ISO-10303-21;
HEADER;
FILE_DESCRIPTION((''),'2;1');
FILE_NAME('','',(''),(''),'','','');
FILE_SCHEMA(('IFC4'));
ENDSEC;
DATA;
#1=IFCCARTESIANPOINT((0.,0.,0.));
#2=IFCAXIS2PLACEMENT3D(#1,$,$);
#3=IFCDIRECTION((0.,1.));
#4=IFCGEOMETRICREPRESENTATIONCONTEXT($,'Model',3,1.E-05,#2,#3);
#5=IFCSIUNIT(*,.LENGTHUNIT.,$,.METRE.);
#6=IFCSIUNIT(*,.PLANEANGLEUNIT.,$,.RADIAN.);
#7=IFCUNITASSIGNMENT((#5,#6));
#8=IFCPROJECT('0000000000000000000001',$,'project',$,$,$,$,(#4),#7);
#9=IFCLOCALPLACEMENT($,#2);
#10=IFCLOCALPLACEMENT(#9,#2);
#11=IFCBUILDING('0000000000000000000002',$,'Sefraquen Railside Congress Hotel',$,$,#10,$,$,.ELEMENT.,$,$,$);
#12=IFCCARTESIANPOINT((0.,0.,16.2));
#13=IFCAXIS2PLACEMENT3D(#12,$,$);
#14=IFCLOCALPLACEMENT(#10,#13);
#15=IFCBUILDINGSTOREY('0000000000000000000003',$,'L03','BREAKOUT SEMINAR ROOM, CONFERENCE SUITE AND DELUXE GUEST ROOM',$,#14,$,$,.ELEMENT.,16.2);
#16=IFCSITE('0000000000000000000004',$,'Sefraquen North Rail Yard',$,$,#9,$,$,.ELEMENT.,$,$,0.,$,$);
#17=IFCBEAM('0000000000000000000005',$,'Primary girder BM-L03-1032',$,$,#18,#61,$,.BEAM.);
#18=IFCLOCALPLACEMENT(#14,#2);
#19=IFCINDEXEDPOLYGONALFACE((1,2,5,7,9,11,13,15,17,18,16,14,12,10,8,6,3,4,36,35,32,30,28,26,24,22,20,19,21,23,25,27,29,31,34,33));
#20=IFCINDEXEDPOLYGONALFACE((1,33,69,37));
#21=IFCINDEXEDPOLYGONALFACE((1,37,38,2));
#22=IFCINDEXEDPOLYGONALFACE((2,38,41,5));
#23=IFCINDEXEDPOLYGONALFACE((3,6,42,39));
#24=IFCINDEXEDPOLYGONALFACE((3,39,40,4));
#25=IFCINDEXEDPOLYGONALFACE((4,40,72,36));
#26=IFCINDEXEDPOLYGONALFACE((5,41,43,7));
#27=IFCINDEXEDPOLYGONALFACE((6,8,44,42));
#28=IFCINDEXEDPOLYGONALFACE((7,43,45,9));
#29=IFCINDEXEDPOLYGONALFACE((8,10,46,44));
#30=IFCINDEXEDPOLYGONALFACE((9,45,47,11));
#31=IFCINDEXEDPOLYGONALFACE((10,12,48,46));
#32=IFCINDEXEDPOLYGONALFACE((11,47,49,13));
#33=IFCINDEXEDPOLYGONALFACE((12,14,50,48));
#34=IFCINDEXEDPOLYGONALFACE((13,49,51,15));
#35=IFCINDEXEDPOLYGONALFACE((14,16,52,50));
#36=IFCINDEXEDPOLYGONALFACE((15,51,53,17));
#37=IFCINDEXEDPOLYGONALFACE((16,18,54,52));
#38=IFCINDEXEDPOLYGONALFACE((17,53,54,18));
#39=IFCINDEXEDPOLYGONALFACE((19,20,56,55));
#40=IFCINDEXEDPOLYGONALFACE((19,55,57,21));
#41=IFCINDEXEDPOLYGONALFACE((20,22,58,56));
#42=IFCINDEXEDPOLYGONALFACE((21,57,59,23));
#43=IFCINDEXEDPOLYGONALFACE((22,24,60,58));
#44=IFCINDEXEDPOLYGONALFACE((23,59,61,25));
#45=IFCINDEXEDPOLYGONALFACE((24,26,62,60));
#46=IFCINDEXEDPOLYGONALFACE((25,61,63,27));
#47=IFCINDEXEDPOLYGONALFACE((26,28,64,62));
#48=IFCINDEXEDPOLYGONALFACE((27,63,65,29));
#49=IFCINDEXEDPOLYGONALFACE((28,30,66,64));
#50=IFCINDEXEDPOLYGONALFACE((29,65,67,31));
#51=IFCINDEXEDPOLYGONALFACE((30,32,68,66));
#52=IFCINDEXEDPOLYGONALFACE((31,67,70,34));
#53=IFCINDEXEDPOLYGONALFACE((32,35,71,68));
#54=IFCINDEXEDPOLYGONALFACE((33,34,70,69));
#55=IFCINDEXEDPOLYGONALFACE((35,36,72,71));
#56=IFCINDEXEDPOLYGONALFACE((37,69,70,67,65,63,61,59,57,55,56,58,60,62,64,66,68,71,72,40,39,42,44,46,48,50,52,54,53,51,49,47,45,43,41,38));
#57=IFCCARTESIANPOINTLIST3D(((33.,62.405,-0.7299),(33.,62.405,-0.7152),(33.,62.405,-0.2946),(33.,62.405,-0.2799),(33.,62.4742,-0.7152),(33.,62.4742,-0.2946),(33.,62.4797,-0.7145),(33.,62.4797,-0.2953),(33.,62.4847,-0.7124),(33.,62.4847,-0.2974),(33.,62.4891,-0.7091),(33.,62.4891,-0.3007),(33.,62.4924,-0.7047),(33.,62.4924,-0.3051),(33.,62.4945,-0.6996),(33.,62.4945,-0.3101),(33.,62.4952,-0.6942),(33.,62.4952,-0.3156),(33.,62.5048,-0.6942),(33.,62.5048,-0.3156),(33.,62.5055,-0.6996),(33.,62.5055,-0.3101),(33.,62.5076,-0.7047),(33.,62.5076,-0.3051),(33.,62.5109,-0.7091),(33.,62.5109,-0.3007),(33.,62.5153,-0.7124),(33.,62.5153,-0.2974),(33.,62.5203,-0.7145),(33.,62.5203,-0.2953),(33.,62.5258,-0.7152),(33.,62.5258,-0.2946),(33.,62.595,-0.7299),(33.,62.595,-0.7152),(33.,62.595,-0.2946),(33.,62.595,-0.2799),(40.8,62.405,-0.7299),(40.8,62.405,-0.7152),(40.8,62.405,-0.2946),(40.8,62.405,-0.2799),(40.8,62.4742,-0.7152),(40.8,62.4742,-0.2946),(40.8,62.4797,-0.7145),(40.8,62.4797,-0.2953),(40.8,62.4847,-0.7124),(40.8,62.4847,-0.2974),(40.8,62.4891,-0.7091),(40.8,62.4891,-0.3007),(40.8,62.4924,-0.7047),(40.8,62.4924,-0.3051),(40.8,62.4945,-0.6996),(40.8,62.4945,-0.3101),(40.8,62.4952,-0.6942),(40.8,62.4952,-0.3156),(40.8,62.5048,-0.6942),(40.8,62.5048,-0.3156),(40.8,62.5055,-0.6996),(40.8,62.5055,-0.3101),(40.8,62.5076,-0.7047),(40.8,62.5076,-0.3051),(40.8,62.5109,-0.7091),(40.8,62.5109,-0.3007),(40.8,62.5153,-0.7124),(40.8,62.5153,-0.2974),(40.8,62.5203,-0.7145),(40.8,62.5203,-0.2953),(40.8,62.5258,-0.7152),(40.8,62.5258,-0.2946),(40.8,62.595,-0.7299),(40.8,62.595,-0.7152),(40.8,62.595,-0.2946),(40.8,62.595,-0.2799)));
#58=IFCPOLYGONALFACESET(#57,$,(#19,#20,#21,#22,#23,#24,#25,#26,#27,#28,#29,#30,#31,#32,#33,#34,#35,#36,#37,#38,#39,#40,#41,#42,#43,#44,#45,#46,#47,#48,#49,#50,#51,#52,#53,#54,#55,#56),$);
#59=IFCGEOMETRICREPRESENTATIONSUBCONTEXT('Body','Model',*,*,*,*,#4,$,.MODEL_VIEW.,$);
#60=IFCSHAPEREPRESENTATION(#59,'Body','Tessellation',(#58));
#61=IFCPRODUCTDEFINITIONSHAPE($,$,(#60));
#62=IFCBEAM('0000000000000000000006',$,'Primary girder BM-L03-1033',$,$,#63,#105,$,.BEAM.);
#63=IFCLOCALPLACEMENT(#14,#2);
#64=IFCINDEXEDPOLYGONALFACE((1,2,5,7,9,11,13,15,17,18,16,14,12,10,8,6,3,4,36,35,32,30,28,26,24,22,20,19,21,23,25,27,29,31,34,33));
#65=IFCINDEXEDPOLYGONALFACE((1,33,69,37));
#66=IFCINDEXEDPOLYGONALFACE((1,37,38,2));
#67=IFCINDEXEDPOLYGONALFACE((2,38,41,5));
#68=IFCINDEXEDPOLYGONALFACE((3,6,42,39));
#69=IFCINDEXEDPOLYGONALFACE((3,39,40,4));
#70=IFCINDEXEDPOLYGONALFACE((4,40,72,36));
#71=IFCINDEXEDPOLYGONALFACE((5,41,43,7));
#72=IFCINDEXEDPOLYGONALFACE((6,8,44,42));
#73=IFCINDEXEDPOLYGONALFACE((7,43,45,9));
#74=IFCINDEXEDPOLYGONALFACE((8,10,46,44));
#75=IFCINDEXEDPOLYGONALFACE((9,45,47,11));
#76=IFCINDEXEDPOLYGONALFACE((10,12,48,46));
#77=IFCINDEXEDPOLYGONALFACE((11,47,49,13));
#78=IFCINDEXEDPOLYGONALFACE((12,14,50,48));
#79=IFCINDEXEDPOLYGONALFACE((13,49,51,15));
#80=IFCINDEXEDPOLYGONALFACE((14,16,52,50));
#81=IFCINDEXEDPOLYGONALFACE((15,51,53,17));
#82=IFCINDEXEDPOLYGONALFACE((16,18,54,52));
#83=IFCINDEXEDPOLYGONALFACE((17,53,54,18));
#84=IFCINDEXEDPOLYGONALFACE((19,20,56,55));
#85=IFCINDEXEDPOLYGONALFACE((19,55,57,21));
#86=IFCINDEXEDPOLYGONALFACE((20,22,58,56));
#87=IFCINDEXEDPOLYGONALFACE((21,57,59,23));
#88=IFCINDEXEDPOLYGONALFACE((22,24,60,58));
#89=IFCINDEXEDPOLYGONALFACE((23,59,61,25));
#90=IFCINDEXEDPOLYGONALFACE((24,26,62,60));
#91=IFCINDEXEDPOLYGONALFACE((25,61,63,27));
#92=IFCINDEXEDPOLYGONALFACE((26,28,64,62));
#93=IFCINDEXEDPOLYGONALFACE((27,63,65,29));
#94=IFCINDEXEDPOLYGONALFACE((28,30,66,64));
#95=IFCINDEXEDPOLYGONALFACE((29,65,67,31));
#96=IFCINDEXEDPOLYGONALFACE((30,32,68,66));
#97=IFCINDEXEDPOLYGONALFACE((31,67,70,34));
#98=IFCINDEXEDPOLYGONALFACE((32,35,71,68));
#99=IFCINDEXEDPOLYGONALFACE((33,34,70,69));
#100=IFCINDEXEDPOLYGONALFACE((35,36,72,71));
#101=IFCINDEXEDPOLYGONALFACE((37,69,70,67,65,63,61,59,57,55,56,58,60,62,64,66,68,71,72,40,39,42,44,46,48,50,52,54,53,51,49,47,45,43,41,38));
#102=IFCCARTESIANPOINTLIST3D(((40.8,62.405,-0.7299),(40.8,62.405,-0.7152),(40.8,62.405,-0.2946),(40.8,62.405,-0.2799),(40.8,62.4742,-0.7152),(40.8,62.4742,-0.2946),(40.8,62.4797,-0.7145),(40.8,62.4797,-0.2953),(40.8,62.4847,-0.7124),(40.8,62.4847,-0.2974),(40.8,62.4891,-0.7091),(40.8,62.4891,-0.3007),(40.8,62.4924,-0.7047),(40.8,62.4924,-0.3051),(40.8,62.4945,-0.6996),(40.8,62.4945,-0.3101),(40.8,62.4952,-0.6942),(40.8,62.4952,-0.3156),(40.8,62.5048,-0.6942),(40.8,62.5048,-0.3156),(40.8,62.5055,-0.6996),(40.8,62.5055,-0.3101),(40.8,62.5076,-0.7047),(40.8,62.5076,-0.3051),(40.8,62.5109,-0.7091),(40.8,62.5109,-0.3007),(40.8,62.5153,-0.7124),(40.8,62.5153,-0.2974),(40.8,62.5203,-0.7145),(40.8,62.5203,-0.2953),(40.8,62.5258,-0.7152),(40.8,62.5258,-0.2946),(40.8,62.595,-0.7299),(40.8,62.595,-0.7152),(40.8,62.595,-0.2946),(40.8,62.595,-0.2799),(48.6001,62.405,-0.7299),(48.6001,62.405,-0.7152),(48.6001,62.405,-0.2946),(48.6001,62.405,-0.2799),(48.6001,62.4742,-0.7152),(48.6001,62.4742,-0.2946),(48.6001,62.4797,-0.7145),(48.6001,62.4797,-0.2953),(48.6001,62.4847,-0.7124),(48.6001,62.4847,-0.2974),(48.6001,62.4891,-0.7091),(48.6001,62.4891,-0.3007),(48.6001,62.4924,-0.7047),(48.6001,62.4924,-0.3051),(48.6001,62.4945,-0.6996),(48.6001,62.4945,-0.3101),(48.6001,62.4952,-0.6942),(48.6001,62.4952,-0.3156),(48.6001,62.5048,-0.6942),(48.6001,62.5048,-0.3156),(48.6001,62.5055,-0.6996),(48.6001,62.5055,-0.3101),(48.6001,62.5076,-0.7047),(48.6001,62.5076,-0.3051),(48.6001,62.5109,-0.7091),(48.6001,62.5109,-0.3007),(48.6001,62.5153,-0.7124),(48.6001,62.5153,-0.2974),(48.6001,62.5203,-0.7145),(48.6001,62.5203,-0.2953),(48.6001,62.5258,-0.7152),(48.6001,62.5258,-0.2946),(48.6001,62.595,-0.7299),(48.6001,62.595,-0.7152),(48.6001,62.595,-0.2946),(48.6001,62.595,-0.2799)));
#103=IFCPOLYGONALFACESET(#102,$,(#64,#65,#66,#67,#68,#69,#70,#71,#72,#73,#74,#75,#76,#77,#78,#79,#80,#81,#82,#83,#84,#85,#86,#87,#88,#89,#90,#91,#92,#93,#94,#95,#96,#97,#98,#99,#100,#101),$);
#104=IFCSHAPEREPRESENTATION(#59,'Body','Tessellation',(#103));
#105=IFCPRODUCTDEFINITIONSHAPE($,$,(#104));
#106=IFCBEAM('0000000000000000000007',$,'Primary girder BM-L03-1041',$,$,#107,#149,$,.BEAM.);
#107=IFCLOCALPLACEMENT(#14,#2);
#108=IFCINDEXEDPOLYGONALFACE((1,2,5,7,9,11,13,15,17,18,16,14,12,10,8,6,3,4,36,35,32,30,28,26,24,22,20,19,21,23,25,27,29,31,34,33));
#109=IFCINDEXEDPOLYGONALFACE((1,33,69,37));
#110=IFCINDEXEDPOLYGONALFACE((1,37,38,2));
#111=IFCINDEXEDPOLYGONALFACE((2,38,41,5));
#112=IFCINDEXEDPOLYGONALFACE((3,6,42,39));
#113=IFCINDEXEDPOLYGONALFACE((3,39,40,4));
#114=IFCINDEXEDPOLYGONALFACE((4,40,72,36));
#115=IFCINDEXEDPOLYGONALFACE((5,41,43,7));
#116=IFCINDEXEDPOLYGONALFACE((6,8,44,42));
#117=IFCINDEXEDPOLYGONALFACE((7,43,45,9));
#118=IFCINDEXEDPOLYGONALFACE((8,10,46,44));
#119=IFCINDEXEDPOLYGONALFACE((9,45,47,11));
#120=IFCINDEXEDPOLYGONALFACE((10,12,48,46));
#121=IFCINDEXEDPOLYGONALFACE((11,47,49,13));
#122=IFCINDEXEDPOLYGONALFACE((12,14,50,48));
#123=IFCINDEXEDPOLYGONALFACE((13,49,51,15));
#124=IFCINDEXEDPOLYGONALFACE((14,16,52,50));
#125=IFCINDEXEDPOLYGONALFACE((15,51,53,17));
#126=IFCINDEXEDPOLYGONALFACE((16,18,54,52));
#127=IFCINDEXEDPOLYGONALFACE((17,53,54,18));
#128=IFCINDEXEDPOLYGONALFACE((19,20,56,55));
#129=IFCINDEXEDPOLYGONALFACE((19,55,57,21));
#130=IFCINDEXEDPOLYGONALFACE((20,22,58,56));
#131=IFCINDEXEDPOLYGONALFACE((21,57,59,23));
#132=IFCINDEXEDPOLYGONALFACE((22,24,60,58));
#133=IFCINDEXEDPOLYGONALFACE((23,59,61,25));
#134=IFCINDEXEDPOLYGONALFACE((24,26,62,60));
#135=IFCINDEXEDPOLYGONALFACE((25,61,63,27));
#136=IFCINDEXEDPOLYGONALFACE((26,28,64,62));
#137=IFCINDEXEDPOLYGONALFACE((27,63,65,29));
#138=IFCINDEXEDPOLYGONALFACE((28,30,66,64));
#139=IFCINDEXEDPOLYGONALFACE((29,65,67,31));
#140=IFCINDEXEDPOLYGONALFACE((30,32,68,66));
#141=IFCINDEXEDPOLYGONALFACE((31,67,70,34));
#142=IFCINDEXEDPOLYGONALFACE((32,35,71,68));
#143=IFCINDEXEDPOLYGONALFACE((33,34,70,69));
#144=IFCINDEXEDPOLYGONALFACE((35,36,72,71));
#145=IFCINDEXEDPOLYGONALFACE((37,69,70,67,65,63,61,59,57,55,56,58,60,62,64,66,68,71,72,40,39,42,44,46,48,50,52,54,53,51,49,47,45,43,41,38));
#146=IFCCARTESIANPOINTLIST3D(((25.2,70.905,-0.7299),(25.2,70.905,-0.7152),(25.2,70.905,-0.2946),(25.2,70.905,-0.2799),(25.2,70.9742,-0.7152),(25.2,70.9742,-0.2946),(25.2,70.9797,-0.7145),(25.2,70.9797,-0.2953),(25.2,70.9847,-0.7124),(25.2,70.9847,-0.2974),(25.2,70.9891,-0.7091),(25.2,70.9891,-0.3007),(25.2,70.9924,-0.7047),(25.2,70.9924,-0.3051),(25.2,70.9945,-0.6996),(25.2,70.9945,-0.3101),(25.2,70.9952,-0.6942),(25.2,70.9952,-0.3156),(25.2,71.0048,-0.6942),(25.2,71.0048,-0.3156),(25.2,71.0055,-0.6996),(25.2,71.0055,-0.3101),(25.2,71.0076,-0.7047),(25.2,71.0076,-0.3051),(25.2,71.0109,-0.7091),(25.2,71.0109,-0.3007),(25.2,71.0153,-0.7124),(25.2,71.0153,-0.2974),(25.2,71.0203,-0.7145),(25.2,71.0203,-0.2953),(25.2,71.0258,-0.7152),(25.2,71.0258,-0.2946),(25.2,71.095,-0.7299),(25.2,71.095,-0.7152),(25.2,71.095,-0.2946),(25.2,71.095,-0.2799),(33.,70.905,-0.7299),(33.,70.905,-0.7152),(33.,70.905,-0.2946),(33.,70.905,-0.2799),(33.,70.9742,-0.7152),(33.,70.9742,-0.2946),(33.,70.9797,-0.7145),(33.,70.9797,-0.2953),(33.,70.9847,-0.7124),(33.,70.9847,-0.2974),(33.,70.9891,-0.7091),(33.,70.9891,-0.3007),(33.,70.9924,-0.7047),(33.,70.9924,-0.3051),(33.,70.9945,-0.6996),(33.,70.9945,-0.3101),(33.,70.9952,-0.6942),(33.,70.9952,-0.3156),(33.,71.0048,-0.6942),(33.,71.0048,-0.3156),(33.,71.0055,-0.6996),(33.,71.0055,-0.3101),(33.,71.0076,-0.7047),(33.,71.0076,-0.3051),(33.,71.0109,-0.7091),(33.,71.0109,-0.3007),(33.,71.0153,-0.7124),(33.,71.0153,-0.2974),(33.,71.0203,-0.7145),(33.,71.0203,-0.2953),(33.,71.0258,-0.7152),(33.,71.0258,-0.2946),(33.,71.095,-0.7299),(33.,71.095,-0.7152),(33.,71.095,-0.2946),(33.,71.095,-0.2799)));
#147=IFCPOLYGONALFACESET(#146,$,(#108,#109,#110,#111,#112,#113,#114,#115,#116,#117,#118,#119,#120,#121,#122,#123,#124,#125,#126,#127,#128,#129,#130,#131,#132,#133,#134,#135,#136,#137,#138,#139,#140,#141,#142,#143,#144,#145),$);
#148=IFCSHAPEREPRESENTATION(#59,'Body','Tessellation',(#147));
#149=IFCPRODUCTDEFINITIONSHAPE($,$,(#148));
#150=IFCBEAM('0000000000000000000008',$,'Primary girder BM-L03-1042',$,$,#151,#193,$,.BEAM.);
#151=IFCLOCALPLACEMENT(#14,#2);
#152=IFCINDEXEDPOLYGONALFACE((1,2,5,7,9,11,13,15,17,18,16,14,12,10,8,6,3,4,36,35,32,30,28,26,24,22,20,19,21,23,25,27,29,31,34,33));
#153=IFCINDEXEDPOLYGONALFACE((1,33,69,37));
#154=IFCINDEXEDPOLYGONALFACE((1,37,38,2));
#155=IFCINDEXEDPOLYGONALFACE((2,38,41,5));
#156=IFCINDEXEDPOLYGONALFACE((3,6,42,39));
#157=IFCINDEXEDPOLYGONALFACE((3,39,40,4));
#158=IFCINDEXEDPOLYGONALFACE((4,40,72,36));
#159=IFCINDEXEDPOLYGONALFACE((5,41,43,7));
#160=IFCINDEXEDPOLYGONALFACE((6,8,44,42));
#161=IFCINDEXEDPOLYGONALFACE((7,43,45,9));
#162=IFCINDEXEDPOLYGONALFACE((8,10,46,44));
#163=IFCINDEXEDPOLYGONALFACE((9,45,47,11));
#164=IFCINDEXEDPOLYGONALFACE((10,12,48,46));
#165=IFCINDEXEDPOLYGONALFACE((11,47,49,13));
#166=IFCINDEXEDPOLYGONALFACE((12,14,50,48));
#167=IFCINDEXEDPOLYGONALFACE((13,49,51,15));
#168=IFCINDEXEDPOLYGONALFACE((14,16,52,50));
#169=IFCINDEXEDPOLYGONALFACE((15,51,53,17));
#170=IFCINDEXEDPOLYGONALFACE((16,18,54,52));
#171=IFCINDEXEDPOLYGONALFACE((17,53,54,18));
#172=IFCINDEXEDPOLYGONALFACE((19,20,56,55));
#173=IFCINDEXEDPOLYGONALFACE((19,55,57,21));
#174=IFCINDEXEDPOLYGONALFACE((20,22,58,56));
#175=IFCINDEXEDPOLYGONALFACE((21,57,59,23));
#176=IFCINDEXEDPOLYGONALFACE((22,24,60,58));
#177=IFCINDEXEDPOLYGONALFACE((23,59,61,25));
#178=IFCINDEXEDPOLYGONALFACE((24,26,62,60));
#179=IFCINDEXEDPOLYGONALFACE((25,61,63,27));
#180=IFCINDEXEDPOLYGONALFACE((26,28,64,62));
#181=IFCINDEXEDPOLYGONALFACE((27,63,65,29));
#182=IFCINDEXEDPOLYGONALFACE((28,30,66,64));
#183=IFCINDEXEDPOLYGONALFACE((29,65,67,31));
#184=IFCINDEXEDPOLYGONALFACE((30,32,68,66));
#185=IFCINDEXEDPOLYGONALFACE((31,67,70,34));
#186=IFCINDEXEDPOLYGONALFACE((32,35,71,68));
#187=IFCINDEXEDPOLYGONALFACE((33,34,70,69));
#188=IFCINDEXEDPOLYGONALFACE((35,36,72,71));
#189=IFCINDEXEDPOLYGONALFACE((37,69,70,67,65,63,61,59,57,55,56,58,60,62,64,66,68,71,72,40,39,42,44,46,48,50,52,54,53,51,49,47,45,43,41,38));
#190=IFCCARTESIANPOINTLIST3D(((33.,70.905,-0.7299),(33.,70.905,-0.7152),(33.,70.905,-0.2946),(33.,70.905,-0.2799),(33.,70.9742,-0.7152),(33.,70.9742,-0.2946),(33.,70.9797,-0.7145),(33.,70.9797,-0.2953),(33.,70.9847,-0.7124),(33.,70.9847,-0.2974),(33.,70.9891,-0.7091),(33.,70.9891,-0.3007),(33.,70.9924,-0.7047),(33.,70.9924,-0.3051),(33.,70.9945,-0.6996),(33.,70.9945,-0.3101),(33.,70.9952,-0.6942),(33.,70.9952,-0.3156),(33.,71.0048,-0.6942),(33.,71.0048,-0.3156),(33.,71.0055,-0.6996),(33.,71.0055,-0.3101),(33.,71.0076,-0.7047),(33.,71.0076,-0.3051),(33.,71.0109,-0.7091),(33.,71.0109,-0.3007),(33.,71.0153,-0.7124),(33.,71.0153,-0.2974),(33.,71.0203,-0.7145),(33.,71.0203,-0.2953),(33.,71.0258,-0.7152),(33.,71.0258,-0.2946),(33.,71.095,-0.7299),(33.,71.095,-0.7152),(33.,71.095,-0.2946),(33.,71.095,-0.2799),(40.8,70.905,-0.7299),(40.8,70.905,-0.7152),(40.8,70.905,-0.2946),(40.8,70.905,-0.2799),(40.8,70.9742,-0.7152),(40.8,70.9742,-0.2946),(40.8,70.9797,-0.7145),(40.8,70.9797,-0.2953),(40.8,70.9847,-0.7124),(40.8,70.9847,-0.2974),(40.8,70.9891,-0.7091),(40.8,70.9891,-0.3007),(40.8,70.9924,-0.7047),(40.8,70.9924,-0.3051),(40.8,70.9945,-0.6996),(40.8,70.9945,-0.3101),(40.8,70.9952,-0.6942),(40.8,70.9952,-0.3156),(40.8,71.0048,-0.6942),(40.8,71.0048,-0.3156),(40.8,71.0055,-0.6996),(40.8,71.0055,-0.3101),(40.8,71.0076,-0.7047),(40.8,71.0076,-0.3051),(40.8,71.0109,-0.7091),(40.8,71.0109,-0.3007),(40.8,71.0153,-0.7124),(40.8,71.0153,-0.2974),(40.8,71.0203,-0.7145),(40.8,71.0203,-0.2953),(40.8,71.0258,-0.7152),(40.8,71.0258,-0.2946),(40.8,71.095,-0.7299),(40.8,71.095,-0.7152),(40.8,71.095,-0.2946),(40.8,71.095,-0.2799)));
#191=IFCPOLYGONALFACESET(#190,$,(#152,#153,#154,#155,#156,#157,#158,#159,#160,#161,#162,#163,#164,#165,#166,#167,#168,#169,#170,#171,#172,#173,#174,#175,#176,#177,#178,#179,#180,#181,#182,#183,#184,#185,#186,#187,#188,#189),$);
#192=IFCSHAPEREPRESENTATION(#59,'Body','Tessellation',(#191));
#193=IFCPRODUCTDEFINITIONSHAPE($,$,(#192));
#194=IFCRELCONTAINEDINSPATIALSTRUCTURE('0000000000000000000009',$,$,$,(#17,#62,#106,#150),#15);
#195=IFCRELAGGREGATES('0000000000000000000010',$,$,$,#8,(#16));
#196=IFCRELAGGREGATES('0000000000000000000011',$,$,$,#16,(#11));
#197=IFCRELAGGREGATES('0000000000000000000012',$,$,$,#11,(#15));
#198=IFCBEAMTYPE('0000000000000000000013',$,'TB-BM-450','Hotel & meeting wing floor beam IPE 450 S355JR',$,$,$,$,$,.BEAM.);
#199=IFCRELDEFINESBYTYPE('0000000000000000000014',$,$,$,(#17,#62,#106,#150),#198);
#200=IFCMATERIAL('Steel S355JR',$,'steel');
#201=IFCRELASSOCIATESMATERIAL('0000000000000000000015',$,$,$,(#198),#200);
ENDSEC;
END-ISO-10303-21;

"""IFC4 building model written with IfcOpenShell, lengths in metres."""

from ifc_helpers import new_model, si_unit, direction, frame, origin, origin_2d, place, context, subcontext, project, spatial, i_section, extrude, material, material_profile, profile_set, type_object, element, save


model = new_model("IFC4")

# Units and contexts
model_context = context("Model", 3, precision=1e-05, world=origin(), true_north=direction((0.0, 1.0)))
body_context = subcontext(model_context, "Body", "Model", "MODEL_VIEW")
ifc_project = project(units=[si_unit("LENGTHUNIT", "METRE"), si_unit("PLANEANGLEUNIT", "RADIAN")], contexts=[model_context])

# Site, building, storey
site_placement = place(None, origin())
site = spatial("IfcSite", under=ifc_project, at=site_placement, Name="Sefraquen North Rail Yard", CompositionType="ELEMENT", RefElevation=0.0)
building_placement = place(site_placement, origin())
building = spatial("IfcBuilding", under=site, at=building_placement, Name="Sefraquen Railside Congress Hotel", CompositionType="ELEMENT")
storey_placement = place(building_placement, frame((0.0, 0.0, 16.2)))
storey = spatial("IfcBuildingStorey", under=building, at=storey_placement, Name="L03", Description="BREAKOUT SEMINAR ROOM, CONFERENCE SUITE AND DELUXE GUEST ROOM", CompositionType="ELEMENT", Elevation=16.2)

# Shared definitions
ifc_material_1 = material(Name="Steel S355JR", Category="steel")

# Beams
ifc_material_profile_1 = material_profile(ifc_material_1, i_section(OverallWidth=0.1899, OverallDepth=0.45, WebThickness=0.0095, FlangeThickness=0.0146, FilletRadius=0.021, at=origin_2d()), Name="IPE 450")
ifc_profile_set_1 = profile_set([ifc_material_profile_1], Name="Steel S355JR")
beam_type_1 = type_object("IfcBeamType", Name="TB-BM-450", Description="Hotel & meeting wing floor beam IPE 450 S355JR", PredefinedType="BEAM", material=ifc_profile_set_1)
for number, where, z_axis, x_axis, name in (
    (1, (33.0, 62.5, -0.5049), (1.0, 0.0, 0.0), (0.0, 1.0, 0.0), "Primary girder BM-L03-1032"),
    (2, (40.8, 62.5, -0.5049), (1.0, 0.0, 0.0), (0.0, 1.0, 0.0), "Primary girder BM-L03-1033"),
    (3, (25.2, 71.0, -0.5049), (1.0, 0.0, 0.0), (0.0, 1.0, 0.0), "Primary girder BM-L03-1041"),
    (4, (33.0, 71.0, -0.5049), (1.0, 0.0, 0.0), (0.0, 1.0, 0.0), "Primary girder BM-L03-1042"),
):
    element("IfcBeam", number, at=place(storey_placement, frame(where, z_axis=z_axis, x_axis=x_axis)), inside=storey, type_object=beam_type_1, Name=name, PredefinedType="BEAM", context=body_context, shape_type="SweptSolid", body=[
        extrude(i_section(OverallWidth=0.1899, OverallDepth=0.45, WebThickness=0.0095, FlangeThickness=0.0146, FilletRadius=0.021, at=origin_2d()), origin(), (0.0, 0.0, 1.0), 7.8),
    ])

save(model, "model.ifc")
